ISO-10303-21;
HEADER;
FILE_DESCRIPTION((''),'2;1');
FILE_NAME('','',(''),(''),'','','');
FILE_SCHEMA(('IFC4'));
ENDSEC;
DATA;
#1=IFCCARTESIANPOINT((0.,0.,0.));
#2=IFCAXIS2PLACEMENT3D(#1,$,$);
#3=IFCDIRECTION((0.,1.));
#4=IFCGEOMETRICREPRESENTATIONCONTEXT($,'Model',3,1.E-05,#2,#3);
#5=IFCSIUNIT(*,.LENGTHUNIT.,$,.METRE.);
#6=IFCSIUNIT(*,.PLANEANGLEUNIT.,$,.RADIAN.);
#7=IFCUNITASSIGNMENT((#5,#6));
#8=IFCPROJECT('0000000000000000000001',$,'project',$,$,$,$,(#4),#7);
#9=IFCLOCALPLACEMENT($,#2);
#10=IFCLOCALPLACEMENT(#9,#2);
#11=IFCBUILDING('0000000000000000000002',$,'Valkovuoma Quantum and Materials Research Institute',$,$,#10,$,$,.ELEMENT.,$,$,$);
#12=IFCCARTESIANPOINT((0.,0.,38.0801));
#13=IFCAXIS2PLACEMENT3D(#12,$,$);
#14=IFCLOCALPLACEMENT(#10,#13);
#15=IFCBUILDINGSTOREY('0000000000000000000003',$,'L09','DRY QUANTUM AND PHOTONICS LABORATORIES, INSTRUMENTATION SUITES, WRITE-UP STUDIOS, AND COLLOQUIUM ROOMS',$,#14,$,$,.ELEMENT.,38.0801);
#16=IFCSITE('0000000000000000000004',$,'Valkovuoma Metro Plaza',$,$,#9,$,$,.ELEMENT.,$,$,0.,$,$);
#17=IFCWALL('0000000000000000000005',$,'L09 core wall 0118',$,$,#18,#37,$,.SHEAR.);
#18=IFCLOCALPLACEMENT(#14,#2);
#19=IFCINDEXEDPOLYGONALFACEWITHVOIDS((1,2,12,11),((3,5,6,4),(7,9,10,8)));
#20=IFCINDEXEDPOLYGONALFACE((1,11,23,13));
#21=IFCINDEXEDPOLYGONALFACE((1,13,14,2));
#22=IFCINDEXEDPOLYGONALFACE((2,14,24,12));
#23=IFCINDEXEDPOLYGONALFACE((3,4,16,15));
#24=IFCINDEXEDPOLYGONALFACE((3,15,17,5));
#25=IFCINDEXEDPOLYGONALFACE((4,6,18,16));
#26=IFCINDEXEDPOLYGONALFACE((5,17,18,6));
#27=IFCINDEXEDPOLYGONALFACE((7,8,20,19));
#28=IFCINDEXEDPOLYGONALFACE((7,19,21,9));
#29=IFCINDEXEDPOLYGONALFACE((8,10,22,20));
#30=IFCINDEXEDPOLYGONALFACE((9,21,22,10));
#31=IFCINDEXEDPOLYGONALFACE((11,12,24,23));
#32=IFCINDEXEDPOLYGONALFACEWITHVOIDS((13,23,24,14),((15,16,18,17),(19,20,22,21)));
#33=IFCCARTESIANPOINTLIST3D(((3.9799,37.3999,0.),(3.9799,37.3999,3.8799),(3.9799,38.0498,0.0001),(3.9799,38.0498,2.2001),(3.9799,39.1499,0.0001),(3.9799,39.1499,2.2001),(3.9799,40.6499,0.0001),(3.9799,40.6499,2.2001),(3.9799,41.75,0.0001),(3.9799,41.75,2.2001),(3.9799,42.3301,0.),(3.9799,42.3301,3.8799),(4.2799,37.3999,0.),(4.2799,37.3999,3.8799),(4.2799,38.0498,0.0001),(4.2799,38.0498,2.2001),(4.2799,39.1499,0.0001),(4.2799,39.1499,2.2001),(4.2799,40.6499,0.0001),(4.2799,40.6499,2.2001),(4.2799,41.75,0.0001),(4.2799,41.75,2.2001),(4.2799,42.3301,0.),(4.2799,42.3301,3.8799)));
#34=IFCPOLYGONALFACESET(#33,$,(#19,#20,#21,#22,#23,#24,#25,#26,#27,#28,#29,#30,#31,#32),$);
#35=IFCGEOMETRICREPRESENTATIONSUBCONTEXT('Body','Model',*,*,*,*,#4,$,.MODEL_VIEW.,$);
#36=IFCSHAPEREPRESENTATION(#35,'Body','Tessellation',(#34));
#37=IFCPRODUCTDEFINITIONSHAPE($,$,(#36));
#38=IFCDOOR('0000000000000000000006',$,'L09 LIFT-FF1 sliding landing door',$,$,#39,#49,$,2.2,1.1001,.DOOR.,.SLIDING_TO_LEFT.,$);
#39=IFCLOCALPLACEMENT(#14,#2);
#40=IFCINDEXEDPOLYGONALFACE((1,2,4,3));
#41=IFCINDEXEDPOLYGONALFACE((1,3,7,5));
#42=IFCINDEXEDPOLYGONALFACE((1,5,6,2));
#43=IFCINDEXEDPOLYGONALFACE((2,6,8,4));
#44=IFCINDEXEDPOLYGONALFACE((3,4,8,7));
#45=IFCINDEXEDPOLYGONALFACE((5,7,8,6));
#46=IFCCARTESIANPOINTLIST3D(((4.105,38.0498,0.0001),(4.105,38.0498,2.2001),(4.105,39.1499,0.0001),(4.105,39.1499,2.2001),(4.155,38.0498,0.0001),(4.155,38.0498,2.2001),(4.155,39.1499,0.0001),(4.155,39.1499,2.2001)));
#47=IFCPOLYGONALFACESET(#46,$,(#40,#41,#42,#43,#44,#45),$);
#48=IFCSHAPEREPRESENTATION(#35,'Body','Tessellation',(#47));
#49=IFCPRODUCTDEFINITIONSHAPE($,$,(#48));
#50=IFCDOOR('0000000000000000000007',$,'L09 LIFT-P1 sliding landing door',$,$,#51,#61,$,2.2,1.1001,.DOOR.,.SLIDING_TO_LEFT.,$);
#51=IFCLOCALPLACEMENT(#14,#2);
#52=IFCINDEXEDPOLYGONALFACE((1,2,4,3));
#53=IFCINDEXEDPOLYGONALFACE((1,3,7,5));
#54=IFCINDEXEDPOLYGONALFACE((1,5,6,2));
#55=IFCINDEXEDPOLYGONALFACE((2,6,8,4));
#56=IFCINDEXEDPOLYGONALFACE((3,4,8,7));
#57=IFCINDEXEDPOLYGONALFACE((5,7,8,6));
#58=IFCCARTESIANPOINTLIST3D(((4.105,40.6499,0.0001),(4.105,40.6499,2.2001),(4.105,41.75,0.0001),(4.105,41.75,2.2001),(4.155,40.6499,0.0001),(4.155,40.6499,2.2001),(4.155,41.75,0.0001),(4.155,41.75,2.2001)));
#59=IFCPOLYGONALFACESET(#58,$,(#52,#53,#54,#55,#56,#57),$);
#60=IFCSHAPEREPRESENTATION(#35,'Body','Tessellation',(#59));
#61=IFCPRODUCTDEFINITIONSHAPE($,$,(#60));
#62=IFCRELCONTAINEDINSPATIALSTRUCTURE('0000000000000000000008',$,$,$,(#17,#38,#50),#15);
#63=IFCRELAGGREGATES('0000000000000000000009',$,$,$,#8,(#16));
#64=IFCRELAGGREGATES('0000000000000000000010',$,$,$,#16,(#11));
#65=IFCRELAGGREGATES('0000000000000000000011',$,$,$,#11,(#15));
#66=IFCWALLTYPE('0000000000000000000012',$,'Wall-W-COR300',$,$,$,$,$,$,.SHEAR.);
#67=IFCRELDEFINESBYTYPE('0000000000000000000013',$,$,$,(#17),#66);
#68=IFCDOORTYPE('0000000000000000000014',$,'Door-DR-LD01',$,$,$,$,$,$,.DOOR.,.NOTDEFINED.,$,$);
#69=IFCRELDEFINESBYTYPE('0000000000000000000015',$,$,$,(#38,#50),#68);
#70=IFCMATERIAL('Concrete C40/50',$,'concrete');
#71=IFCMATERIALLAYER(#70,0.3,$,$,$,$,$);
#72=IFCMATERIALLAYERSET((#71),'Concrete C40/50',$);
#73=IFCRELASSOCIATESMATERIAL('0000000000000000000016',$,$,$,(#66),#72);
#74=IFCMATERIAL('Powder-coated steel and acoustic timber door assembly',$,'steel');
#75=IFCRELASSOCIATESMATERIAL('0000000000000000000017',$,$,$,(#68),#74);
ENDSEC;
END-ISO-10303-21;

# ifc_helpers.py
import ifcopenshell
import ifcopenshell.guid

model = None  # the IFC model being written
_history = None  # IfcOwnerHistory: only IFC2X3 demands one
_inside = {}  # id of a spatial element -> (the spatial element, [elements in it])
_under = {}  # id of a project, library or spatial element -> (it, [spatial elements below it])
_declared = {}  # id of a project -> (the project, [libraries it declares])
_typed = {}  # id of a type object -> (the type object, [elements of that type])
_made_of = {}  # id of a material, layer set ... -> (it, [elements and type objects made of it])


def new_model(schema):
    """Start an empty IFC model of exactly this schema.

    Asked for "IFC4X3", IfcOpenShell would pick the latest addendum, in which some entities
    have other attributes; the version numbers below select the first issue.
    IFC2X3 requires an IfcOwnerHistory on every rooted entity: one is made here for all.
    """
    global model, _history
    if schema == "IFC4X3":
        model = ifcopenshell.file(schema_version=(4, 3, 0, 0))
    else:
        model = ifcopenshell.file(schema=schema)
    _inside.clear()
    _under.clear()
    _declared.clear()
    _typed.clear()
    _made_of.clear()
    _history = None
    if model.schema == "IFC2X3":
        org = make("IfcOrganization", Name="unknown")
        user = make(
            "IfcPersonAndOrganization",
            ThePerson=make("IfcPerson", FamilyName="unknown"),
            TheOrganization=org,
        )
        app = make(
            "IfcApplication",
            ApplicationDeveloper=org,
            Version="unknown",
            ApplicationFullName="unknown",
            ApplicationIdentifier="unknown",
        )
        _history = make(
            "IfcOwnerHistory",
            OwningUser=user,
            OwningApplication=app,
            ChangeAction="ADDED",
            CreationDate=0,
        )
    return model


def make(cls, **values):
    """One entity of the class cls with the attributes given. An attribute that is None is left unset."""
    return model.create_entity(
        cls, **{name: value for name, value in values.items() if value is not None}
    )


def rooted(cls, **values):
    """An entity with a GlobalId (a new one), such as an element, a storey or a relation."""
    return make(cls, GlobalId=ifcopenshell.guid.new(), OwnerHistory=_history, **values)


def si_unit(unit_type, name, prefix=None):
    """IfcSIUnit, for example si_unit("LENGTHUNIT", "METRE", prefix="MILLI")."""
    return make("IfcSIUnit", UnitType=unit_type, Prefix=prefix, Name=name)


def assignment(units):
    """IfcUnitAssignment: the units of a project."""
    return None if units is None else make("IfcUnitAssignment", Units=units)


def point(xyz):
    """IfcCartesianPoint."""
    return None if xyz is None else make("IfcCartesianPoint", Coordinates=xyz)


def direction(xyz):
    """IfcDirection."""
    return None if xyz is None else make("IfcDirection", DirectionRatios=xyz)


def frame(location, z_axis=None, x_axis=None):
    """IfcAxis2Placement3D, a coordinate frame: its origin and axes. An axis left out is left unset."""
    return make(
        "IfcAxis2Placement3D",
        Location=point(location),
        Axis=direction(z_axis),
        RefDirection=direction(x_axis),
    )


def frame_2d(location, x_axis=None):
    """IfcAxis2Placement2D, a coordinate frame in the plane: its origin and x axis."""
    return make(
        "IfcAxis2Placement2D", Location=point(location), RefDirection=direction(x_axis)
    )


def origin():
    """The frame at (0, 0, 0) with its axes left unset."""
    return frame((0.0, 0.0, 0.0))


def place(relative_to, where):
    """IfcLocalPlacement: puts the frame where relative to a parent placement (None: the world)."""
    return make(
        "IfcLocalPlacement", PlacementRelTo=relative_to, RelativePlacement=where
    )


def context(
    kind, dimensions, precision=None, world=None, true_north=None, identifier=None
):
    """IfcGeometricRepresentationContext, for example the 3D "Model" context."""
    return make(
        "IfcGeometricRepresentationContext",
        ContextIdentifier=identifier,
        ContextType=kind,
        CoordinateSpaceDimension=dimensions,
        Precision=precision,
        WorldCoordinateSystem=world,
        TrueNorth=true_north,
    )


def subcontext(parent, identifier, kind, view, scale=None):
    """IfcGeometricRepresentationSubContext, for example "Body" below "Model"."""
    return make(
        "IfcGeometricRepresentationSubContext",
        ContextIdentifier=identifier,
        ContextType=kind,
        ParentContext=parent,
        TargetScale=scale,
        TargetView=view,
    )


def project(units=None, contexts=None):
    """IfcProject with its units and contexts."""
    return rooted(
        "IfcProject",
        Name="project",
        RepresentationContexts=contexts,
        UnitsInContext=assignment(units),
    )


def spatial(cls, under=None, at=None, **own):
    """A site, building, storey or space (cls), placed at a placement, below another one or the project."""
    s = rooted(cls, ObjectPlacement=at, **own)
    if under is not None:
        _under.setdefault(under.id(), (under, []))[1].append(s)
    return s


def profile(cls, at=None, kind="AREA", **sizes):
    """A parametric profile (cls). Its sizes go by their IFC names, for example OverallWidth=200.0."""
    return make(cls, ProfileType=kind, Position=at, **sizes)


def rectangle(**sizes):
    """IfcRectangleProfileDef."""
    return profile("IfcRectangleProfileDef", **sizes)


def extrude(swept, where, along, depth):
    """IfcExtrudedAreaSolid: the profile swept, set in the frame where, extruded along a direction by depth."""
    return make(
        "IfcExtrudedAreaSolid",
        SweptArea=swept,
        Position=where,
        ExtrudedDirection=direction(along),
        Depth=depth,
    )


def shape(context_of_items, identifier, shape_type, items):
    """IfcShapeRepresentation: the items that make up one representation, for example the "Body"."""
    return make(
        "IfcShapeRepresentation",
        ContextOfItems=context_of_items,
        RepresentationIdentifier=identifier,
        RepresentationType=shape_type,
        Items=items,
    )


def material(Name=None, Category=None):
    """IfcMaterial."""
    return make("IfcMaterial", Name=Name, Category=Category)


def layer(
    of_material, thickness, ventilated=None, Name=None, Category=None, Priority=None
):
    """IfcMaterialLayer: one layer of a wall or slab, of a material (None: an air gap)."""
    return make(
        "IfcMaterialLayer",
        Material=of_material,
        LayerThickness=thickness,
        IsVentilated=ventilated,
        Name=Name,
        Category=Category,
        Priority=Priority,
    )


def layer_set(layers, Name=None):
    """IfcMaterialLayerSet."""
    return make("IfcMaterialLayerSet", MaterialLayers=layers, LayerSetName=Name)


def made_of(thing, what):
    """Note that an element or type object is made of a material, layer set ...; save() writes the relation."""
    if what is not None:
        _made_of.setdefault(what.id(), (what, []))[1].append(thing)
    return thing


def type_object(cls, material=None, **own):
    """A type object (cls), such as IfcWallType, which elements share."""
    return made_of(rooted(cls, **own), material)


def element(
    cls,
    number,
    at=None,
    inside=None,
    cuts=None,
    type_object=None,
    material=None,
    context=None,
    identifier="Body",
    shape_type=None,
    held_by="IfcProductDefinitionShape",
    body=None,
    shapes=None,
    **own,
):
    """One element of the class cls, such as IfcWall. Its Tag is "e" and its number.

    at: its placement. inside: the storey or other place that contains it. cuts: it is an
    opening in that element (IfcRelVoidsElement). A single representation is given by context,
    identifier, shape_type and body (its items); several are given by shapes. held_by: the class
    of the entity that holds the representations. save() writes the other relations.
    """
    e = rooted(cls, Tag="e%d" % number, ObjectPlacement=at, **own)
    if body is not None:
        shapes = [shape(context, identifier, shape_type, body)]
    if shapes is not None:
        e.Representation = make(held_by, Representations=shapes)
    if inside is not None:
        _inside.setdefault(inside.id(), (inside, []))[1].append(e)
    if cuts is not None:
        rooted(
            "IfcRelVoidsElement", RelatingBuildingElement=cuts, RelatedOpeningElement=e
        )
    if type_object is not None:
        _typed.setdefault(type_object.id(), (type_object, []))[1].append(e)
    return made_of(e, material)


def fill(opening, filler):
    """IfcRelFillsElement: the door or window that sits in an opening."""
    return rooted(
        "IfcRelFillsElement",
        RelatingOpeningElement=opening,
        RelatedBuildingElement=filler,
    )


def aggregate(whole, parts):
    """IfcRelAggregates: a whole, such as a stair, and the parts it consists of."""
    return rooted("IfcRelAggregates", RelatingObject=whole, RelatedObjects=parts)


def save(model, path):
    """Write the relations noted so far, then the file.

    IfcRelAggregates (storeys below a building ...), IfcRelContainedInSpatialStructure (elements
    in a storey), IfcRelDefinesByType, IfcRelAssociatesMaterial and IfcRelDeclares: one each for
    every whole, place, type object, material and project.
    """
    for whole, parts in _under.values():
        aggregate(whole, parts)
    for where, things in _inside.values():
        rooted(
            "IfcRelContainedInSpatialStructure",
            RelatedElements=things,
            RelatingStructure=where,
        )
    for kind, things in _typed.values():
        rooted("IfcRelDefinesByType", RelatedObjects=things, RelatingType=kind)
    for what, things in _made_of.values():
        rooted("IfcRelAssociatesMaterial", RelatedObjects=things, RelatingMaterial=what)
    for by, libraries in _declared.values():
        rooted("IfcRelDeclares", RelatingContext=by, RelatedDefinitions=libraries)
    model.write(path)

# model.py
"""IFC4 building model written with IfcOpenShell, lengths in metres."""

from ifc_helpers import new_model, si_unit, direction, frame, frame_2d, origin, place, context, subcontext, project, spatial, rectangle, extrude, material, layer, layer_set, type_object, element, fill, save


model = new_model("IFC4")

# Units and contexts
model_context = context("Model", 3, precision=1e-05, world=origin(), true_north=direction((0.0, 1.0)))
body_context = subcontext(model_context, "Body", "Model", "MODEL_VIEW")
ifc_project = project(units=[si_unit("LENGTHUNIT", "METRE"), si_unit("PLANEANGLEUNIT", "RADIAN")], contexts=[model_context])

# Site, building, storey
site_placement = place(None, origin())
site = spatial("IfcSite", under=ifc_project, at=site_placement, Name="Valkovuoma Metro Plaza", CompositionType="ELEMENT", RefElevation=0.0)
building_placement = place(site_placement, origin())
building = spatial("IfcBuilding", under=site, at=building_placement, Name="Valkovuoma Quantum and Materials Research Institute", CompositionType="ELEMENT")
storey_placement = place(building_placement, frame((0.0, 0.0, 38.0801)))
storey = spatial("IfcBuildingStorey", under=building, at=storey_placement, Name="L09", Description="DRY QUANTUM AND PHOTONICS LABORATORIES, INSTRUMENTATION SUITES, WRITE-UP STUDIOS, AND COLLOQUIUM ROOMS", CompositionType="ELEMENT", Elevation=38.0801)

# Shared definitions
ifc_material_1 = material(Name="Concrete C40/50", Category="concrete")
ifc_layer_1 = layer(ifc_material_1, 0.3)
ifc_layer_set_1 = layer_set([ifc_layer_1], Name="Concrete C40/50")
wall_type = type_object("IfcWallType", Name="Wall-W-COR300", PredefinedType="SHEAR", material=ifc_layer_set_1)

# Wall, openings, doors
wall_1_placement = place(storey_placement, frame((4.1299, 37.3999, 0.0), z_axis=(0.0, 0.0, 1.0), x_axis=(0.0, 1.0, 0.0)))
wall_1 = element("IfcWall", 1, at=wall_1_placement, inside=storey, type_object=wall_type, Name="L09 core wall 0118", PredefinedType="SHEAR", context=body_context, shape_type="SweptSolid", body=[
    extrude(rectangle(XDim=4.9302, YDim=0.3, at=frame_2d((2.4651, 0.0))), origin(), (0.0, 0.0, 1.0), 3.8799),
])
opening_1_placement = place(wall_1_placement, frame((0.6499, 0.0, 0.0)))
opening_1 = element("IfcOpeningElement", 2, at=opening_1_placement, cuts=wall_1, PredefinedType="OPENING", context=body_context, shape_type="SweptSolid", body=[
    extrude(rectangle(XDim=1.1001, YDim=2.2, at=frame_2d((0.55, 1.1001))), frame((0.0, 0.1602, 0.0), z_axis=(0.0, -1.0, 0.0), x_axis=(1.0, 0.0, 0.0)), (0.0, 0.0, 1.0), 0.3201),
])
opening_2_placement = place(wall_1_placement, frame((3.25, 0.0, 0.0)))
opening_2 = element("IfcOpeningElement", 3, at=opening_2_placement, cuts=wall_1, PredefinedType="OPENING", context=body_context, shape_type="SweptSolid", body=[
    extrude(rectangle(XDim=1.1001, YDim=2.2, at=frame_2d((0.55, 1.1001))), frame((0.0, 0.1602, 0.0), z_axis=(0.0, -1.0, 0.0), x_axis=(1.0, 0.0, 0.0)), (0.0, 0.0, 1.0), 0.3201),
])
ifc_material_2 = material(Name="Powder-coated steel and acoustic timber door assembly", Category="steel")
door_type = type_object("IfcDoorType", Name="Door-DR-LD01", OperationType="NOTDEFINED", PredefinedType="DOOR", material=ifc_material_2)
door_1_placement = place(opening_1_placement, origin())
door_1 = element("IfcDoor", 4, at=door_1_placement, inside=storey, type_object=door_type, Name="L09 LIFT-FF1 sliding landing door", OperationType="SLIDING_TO_LEFT", OverallHeight=2.2, OverallWidth=1.1001, PredefinedType="DOOR", context=body_context, shape_type="SweptSolid", body=[
    extrude(rectangle(XDim=1.1001, YDim=2.2, at=frame_2d((0.55, 1.1001))), frame((0.0, 0.0249, 0.0), z_axis=(0.0, -1.0, 0.0), x_axis=(1.0, 0.0, 0.0)), (0.0, 0.0, 1.0), 0.05),
])
fill(opening_1, door_1)
door_2_placement = place(opening_2_placement, origin())
door_2 = element("IfcDoor", 5, at=door_2_placement, inside=storey, type_object=door_type, Name="L09 LIFT-P1 sliding landing door", OperationType="SLIDING_TO_LEFT", OverallHeight=2.2, OverallWidth=1.1001, PredefinedType="DOOR", context=body_context, shape_type="SweptSolid", body=[
    extrude(rectangle(XDim=1.1001, YDim=2.2, at=frame_2d((0.55, 1.1001))), frame((0.0, 0.0249, 0.0), z_axis=(0.0, -1.0, 0.0), x_axis=(1.0, 0.0, 0.0)), (0.0, 0.0, 1.0), 0.05),
])
fill(opening_2, door_2)

save(model, "model.ifc")
